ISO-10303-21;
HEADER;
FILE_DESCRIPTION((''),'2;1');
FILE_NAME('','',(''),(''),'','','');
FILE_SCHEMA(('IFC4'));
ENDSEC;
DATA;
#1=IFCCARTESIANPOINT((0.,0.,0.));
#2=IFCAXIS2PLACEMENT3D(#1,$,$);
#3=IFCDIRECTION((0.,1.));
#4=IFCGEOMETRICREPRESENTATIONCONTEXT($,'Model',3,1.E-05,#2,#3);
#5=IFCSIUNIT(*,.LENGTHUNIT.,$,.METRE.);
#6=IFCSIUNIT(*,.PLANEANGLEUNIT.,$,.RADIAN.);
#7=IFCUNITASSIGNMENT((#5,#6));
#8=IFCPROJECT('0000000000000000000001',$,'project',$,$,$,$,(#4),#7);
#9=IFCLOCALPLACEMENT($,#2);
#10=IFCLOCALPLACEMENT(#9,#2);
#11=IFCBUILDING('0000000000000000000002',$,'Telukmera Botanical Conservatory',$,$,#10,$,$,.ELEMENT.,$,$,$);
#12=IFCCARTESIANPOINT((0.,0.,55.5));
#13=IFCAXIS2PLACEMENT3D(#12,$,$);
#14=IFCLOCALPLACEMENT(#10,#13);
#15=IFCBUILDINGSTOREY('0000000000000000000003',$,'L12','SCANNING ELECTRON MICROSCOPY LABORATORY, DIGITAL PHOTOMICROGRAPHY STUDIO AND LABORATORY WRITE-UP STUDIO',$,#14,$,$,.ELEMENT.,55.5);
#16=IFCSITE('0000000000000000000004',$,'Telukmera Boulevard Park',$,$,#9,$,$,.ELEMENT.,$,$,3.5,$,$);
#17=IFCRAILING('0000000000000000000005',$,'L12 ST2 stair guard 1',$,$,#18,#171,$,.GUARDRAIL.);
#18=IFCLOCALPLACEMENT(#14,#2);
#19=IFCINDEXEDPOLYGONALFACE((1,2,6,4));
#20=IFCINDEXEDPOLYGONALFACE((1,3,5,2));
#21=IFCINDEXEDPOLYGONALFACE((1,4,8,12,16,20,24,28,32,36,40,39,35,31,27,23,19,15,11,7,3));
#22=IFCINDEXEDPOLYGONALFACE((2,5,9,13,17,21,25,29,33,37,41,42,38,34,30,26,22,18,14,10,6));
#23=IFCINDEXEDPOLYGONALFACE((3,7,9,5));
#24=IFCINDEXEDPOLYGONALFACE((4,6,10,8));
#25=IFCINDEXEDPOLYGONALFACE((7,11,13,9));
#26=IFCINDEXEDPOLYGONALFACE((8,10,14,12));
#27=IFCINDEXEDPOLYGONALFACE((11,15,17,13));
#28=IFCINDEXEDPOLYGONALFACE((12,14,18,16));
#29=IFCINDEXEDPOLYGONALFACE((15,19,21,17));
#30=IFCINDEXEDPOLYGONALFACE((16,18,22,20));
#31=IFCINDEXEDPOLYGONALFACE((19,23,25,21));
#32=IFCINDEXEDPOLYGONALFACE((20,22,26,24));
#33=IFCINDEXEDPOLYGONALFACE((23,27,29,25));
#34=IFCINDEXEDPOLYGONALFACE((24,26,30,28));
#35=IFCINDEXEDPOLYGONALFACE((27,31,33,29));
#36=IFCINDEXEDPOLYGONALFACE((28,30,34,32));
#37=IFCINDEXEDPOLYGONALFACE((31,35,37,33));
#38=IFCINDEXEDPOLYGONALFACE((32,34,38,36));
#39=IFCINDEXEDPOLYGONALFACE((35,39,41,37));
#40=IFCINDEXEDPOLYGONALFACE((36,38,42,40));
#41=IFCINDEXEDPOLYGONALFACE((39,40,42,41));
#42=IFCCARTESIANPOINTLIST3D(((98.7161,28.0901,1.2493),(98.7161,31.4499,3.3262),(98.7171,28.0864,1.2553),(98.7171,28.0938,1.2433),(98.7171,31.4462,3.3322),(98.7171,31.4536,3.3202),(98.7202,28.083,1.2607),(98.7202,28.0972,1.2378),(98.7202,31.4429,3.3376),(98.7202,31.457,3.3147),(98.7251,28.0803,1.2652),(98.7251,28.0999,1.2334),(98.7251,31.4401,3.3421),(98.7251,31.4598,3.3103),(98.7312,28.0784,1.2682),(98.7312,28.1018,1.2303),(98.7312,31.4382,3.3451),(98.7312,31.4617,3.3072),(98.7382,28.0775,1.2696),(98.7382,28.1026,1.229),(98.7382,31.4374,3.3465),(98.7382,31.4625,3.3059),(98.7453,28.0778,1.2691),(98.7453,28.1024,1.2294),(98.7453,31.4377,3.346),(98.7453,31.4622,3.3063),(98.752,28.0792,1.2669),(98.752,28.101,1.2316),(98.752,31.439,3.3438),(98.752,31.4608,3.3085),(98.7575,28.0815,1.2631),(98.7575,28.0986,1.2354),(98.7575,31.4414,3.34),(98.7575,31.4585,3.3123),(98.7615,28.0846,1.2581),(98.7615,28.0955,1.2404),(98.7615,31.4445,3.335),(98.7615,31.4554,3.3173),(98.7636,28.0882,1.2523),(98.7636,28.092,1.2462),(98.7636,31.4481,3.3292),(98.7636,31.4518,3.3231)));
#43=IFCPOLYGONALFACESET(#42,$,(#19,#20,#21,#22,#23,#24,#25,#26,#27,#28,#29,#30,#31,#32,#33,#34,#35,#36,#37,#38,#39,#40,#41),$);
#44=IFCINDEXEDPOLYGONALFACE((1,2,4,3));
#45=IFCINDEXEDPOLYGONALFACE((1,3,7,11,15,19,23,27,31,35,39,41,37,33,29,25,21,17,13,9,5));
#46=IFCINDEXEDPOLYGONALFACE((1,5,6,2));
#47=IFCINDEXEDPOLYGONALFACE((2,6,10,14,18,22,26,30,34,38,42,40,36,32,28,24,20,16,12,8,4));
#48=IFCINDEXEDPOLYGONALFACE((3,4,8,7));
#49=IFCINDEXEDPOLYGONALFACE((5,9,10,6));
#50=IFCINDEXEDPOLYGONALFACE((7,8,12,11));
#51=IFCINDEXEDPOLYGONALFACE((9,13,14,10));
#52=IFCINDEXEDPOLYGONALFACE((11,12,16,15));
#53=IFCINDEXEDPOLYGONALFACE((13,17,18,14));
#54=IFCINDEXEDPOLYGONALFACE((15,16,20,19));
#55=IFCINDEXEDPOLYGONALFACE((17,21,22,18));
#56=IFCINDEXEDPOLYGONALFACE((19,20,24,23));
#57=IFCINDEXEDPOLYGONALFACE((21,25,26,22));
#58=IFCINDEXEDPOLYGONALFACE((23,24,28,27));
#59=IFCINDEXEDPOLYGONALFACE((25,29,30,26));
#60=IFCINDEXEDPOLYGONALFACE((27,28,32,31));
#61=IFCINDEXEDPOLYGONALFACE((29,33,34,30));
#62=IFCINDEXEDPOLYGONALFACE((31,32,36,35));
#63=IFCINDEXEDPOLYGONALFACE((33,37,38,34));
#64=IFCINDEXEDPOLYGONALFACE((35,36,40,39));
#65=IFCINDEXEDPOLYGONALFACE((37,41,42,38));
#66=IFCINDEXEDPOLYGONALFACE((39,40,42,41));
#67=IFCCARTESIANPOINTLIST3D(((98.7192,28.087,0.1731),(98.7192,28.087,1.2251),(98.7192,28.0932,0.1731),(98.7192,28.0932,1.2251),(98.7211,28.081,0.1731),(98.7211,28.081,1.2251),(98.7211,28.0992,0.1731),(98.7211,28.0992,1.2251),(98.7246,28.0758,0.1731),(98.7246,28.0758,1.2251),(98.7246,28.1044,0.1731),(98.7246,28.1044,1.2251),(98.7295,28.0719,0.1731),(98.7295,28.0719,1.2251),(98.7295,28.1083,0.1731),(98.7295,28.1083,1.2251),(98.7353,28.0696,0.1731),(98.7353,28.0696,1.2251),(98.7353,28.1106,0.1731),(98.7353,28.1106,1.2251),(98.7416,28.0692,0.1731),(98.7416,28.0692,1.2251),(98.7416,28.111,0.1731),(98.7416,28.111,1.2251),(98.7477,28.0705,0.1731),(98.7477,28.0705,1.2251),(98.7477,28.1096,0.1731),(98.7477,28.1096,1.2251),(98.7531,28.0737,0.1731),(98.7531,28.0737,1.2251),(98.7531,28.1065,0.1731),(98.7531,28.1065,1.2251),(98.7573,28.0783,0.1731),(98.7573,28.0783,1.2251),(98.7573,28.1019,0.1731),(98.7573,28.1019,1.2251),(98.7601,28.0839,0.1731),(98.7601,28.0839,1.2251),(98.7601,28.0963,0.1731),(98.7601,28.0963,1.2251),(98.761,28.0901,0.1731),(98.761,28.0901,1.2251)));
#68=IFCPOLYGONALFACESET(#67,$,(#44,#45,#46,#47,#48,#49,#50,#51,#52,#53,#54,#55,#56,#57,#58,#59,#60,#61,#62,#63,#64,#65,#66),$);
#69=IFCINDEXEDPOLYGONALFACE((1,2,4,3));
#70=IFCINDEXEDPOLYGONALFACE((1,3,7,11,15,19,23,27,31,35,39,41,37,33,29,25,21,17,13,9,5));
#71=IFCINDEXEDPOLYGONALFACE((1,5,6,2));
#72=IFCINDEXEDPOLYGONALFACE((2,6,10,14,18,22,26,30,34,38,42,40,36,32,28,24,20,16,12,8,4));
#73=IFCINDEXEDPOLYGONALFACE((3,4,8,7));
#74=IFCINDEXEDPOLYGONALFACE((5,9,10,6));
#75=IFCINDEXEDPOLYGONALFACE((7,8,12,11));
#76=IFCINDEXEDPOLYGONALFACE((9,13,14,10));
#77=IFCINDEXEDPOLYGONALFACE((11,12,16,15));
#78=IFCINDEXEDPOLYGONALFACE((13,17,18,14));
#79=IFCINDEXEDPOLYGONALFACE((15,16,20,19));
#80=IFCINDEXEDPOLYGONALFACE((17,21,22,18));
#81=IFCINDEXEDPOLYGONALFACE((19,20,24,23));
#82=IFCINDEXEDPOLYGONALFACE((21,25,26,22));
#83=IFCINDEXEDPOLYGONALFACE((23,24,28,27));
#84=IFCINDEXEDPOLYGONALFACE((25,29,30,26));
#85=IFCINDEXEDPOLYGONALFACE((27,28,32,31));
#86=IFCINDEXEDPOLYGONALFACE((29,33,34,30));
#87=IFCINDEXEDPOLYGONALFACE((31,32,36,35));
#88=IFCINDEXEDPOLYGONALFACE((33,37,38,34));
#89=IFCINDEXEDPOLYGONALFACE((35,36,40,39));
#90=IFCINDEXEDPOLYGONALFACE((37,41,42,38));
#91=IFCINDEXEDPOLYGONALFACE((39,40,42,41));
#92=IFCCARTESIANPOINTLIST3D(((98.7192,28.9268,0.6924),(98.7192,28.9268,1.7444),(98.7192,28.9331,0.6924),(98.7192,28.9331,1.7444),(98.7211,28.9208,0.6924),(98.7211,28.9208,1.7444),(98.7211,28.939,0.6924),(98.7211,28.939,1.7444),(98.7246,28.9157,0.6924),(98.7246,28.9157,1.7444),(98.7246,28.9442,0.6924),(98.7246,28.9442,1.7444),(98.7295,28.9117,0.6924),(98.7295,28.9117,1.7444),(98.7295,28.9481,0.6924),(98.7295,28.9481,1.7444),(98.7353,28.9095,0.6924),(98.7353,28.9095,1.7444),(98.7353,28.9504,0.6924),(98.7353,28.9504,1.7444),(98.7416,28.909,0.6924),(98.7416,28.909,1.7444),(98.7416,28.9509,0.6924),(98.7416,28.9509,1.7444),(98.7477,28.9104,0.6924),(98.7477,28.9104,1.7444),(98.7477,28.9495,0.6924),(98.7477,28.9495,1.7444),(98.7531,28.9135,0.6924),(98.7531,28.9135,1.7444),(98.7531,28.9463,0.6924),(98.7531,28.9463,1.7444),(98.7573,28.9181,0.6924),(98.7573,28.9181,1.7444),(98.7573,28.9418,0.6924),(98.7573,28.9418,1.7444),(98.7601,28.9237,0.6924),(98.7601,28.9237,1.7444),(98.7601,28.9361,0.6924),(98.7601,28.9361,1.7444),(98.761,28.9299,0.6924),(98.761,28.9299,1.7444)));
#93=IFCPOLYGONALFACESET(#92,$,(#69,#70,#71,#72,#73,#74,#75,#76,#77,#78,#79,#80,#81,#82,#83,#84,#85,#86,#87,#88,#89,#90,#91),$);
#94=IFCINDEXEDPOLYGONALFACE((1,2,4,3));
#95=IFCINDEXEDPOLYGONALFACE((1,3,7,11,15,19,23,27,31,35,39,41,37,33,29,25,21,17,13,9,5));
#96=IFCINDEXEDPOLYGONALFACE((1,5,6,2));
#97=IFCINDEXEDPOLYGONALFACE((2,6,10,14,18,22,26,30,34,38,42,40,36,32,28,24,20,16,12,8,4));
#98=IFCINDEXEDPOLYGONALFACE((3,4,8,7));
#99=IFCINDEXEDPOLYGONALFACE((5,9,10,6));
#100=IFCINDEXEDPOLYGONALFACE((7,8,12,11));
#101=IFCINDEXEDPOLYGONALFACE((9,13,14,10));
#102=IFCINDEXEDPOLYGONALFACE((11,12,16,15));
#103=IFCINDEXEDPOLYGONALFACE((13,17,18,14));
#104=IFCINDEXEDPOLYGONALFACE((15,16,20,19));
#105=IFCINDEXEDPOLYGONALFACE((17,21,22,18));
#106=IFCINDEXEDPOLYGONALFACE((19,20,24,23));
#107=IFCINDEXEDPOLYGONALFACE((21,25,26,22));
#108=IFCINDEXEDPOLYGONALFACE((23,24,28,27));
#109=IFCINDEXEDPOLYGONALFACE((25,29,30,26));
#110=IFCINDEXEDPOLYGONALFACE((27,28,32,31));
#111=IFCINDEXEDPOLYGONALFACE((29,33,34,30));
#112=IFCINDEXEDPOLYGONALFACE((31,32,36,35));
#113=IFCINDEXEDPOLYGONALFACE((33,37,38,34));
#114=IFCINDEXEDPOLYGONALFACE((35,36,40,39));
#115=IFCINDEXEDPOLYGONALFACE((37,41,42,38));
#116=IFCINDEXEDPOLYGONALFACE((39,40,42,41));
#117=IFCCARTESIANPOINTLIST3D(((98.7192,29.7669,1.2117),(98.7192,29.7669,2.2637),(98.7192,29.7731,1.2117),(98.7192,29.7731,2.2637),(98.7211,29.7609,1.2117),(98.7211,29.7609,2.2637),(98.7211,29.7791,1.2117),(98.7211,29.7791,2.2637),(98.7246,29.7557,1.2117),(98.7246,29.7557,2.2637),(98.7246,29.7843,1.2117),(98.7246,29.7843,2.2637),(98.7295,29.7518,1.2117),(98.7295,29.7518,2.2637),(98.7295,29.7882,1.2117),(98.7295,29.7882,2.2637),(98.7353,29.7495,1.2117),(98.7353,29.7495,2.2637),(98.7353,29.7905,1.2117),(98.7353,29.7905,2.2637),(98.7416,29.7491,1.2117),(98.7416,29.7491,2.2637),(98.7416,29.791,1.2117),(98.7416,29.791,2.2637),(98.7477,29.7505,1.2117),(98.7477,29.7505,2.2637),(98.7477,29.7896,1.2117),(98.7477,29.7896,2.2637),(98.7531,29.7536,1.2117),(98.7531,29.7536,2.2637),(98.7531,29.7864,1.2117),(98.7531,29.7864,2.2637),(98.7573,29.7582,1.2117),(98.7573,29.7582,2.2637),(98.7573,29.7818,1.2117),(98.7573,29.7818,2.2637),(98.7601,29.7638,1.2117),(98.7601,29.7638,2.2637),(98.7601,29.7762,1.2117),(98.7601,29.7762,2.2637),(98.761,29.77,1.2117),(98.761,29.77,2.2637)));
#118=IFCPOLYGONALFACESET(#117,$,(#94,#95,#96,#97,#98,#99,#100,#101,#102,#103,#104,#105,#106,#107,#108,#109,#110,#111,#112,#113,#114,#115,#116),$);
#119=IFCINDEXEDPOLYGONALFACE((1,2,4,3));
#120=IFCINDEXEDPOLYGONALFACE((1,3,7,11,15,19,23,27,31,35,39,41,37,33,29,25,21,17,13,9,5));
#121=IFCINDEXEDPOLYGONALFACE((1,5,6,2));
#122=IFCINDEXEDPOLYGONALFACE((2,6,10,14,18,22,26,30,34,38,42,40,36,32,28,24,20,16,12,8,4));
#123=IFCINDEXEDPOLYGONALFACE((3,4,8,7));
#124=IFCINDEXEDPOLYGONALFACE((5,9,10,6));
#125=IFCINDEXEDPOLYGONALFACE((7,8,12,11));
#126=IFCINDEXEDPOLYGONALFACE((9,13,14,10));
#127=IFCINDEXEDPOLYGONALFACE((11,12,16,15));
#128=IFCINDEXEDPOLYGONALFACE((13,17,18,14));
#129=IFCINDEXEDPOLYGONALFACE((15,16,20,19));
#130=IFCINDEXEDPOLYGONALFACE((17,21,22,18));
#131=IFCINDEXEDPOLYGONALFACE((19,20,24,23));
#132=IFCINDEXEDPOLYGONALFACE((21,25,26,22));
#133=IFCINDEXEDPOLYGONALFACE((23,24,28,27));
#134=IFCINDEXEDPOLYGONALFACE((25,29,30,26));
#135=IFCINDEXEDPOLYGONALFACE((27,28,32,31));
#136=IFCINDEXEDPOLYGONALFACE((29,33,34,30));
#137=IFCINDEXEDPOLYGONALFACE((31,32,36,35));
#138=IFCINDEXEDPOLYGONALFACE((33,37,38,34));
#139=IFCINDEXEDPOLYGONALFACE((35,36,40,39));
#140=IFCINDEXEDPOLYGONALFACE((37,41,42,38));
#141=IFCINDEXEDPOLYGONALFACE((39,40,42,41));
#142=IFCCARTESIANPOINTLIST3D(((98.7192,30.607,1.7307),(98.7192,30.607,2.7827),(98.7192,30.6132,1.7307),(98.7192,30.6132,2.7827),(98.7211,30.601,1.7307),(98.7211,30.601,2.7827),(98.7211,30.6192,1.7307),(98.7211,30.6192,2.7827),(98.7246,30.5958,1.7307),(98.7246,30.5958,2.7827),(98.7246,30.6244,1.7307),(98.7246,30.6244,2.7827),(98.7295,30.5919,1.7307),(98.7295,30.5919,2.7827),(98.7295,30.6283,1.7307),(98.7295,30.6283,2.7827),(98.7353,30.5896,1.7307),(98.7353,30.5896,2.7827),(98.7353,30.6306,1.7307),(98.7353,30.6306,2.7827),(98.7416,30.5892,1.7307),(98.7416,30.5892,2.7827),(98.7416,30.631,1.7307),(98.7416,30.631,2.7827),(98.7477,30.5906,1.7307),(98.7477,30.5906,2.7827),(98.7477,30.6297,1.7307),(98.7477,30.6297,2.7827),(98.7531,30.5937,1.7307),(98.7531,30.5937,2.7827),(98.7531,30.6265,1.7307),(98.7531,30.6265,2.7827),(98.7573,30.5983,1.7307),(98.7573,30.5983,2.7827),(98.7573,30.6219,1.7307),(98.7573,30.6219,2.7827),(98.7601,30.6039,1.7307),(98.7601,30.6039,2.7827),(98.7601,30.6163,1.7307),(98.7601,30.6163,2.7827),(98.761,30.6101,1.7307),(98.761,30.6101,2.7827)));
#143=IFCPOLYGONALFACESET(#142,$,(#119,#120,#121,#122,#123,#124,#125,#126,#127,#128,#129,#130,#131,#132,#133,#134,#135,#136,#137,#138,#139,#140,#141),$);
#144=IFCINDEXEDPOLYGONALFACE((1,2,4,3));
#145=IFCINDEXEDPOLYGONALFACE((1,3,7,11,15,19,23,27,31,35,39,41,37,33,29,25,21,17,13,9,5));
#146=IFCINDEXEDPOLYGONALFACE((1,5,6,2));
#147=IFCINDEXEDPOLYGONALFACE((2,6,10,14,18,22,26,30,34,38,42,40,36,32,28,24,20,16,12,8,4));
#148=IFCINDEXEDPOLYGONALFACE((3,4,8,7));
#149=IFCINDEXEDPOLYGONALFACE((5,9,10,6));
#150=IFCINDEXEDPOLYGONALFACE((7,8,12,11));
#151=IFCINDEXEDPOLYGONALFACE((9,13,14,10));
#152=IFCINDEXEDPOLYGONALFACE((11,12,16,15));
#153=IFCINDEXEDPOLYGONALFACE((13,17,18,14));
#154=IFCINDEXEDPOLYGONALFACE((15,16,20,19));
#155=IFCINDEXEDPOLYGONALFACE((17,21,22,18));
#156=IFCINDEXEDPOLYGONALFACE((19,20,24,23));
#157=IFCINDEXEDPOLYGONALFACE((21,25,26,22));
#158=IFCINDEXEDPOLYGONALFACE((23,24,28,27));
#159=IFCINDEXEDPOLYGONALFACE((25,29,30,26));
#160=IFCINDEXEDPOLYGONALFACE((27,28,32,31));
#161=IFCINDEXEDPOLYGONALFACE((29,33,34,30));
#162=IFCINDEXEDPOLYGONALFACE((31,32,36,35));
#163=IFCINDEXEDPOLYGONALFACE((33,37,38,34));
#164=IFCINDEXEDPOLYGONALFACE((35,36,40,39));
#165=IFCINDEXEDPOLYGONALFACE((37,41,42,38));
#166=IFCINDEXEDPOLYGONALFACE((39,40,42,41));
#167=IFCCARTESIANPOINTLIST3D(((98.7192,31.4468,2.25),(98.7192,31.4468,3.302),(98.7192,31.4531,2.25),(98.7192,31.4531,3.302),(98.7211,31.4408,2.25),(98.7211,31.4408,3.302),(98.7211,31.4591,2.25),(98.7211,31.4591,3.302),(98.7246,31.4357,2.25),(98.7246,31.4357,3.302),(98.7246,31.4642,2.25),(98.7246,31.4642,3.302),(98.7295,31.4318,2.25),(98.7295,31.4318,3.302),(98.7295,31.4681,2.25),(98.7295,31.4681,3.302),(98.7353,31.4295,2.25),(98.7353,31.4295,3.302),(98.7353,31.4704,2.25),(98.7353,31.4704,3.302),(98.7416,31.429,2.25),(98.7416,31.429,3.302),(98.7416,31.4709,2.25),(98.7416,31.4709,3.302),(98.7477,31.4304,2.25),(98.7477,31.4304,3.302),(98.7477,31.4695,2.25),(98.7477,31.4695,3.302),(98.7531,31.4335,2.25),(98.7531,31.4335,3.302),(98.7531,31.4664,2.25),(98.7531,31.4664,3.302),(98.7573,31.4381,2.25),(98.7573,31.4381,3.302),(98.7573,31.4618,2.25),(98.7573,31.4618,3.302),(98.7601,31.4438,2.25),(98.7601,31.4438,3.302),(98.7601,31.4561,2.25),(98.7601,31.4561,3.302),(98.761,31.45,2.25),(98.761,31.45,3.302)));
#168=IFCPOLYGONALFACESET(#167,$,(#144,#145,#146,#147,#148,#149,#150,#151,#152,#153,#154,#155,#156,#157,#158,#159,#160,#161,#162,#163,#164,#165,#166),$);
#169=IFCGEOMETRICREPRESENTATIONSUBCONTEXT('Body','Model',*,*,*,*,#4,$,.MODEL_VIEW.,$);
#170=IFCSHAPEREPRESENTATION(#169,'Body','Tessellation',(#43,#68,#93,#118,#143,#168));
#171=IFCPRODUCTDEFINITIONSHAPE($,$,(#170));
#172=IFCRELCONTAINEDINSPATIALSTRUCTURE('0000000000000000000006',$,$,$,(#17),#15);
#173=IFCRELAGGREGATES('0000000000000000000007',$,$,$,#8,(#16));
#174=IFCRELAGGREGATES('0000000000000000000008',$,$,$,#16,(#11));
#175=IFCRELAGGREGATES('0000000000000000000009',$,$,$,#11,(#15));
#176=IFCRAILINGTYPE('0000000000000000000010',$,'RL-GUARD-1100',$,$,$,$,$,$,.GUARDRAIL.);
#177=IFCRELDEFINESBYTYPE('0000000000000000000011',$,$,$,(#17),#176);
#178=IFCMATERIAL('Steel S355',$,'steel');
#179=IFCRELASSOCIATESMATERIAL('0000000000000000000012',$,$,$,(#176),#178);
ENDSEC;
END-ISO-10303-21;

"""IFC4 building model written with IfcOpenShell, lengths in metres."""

from ifc_helpers import new_model, si_unit, direction, frame, origin, origin_2d, place, context, subcontext, project, spatial, circle, extrude, material, type_object, element, save


model = new_model("IFC4")

# Units and contexts
model_context = context("Model", 3, precision=1e-05, world=origin(), true_north=direction((0.0, 1.0)))
body_context = subcontext(model_context, "Body", "Model", "MODEL_VIEW")
ifc_project = project(units=[si_unit("LENGTHUNIT", "METRE"), si_unit("PLANEANGLEUNIT", "RADIAN")], contexts=[model_context])

# Site, building, storey
site_placement = place(None, origin())
site = spatial("IfcSite", under=ifc_project, at=site_placement, Name="Telukmera Boulevard Park", CompositionType="ELEMENT", RefElevation=3.5)
building_placement = place(site_placement, origin())
building = spatial("IfcBuilding", under=site, at=building_placement, Name="Telukmera Botanical Conservatory", CompositionType="ELEMENT")
storey_placement = place(building_placement, frame((0.0, 0.0, 55.5)))
storey = spatial("IfcBuildingStorey", under=building, at=storey_placement, Name="L12", Description="SCANNING ELECTRON MICROSCOPY LABORATORY, DIGITAL PHOTOMICROGRAPHY STUDIO AND LABORATORY WRITE-UP STUDIO", CompositionType="ELEMENT", Elevation=55.5)

# Railing
ifc_material_1 = material(Name="Steel S355", Category="steel")
railing_type_1 = type_object("IfcRailingType", Name="RL-GUARD-1100", PredefinedType="GUARDRAIL", material=ifc_material_1)
railing_1_placement = place(storey_placement, frame((98.74, 28.0901, 0.1731)))
element("IfcRailing", 1, at=railing_1_placement, inside=storey, type_object=railing_type_1, Name="L12 ST2 stair guard 1", PredefinedType="GUARDRAIL", context=body_context, shape_type="SweptSolid", body=[
    extrude(circle(Radius=0.0239, at=origin_2d()), frame((0.0, 0.0, 1.0762), z_axis=(0.0, 0.850606, 0.525803), x_axis=(-1.0, 0.0, 0.0)), (0.0, 0.0, 1.0), 3.95),
    extrude(circle(Radius=0.021, at=origin_2d()), origin(), (0.0, 0.0, 1.0), 1.052),
    extrude(circle(Radius=0.021, at=origin_2d()), frame((0.0, 0.8398, 0.5193)), (0.0, 0.0, 1.0), 1.052),
    extrude(circle(Radius=0.021, at=origin_2d()), frame((0.0, 1.6799, 1.0386)), (0.0, 0.0, 1.0), 1.052),
    extrude(circle(Radius=0.021, at=origin_2d()), frame((0.0, 2.52, 1.5576)), (0.0, 0.0, 1.0), 1.052),
    extrude(circle(Radius=0.021, at=origin_2d()), frame((0.0, 3.3599, 2.0769)), (0.0, 0.0, 1.0), 1.052),
])

save(model, "model.ifc")
